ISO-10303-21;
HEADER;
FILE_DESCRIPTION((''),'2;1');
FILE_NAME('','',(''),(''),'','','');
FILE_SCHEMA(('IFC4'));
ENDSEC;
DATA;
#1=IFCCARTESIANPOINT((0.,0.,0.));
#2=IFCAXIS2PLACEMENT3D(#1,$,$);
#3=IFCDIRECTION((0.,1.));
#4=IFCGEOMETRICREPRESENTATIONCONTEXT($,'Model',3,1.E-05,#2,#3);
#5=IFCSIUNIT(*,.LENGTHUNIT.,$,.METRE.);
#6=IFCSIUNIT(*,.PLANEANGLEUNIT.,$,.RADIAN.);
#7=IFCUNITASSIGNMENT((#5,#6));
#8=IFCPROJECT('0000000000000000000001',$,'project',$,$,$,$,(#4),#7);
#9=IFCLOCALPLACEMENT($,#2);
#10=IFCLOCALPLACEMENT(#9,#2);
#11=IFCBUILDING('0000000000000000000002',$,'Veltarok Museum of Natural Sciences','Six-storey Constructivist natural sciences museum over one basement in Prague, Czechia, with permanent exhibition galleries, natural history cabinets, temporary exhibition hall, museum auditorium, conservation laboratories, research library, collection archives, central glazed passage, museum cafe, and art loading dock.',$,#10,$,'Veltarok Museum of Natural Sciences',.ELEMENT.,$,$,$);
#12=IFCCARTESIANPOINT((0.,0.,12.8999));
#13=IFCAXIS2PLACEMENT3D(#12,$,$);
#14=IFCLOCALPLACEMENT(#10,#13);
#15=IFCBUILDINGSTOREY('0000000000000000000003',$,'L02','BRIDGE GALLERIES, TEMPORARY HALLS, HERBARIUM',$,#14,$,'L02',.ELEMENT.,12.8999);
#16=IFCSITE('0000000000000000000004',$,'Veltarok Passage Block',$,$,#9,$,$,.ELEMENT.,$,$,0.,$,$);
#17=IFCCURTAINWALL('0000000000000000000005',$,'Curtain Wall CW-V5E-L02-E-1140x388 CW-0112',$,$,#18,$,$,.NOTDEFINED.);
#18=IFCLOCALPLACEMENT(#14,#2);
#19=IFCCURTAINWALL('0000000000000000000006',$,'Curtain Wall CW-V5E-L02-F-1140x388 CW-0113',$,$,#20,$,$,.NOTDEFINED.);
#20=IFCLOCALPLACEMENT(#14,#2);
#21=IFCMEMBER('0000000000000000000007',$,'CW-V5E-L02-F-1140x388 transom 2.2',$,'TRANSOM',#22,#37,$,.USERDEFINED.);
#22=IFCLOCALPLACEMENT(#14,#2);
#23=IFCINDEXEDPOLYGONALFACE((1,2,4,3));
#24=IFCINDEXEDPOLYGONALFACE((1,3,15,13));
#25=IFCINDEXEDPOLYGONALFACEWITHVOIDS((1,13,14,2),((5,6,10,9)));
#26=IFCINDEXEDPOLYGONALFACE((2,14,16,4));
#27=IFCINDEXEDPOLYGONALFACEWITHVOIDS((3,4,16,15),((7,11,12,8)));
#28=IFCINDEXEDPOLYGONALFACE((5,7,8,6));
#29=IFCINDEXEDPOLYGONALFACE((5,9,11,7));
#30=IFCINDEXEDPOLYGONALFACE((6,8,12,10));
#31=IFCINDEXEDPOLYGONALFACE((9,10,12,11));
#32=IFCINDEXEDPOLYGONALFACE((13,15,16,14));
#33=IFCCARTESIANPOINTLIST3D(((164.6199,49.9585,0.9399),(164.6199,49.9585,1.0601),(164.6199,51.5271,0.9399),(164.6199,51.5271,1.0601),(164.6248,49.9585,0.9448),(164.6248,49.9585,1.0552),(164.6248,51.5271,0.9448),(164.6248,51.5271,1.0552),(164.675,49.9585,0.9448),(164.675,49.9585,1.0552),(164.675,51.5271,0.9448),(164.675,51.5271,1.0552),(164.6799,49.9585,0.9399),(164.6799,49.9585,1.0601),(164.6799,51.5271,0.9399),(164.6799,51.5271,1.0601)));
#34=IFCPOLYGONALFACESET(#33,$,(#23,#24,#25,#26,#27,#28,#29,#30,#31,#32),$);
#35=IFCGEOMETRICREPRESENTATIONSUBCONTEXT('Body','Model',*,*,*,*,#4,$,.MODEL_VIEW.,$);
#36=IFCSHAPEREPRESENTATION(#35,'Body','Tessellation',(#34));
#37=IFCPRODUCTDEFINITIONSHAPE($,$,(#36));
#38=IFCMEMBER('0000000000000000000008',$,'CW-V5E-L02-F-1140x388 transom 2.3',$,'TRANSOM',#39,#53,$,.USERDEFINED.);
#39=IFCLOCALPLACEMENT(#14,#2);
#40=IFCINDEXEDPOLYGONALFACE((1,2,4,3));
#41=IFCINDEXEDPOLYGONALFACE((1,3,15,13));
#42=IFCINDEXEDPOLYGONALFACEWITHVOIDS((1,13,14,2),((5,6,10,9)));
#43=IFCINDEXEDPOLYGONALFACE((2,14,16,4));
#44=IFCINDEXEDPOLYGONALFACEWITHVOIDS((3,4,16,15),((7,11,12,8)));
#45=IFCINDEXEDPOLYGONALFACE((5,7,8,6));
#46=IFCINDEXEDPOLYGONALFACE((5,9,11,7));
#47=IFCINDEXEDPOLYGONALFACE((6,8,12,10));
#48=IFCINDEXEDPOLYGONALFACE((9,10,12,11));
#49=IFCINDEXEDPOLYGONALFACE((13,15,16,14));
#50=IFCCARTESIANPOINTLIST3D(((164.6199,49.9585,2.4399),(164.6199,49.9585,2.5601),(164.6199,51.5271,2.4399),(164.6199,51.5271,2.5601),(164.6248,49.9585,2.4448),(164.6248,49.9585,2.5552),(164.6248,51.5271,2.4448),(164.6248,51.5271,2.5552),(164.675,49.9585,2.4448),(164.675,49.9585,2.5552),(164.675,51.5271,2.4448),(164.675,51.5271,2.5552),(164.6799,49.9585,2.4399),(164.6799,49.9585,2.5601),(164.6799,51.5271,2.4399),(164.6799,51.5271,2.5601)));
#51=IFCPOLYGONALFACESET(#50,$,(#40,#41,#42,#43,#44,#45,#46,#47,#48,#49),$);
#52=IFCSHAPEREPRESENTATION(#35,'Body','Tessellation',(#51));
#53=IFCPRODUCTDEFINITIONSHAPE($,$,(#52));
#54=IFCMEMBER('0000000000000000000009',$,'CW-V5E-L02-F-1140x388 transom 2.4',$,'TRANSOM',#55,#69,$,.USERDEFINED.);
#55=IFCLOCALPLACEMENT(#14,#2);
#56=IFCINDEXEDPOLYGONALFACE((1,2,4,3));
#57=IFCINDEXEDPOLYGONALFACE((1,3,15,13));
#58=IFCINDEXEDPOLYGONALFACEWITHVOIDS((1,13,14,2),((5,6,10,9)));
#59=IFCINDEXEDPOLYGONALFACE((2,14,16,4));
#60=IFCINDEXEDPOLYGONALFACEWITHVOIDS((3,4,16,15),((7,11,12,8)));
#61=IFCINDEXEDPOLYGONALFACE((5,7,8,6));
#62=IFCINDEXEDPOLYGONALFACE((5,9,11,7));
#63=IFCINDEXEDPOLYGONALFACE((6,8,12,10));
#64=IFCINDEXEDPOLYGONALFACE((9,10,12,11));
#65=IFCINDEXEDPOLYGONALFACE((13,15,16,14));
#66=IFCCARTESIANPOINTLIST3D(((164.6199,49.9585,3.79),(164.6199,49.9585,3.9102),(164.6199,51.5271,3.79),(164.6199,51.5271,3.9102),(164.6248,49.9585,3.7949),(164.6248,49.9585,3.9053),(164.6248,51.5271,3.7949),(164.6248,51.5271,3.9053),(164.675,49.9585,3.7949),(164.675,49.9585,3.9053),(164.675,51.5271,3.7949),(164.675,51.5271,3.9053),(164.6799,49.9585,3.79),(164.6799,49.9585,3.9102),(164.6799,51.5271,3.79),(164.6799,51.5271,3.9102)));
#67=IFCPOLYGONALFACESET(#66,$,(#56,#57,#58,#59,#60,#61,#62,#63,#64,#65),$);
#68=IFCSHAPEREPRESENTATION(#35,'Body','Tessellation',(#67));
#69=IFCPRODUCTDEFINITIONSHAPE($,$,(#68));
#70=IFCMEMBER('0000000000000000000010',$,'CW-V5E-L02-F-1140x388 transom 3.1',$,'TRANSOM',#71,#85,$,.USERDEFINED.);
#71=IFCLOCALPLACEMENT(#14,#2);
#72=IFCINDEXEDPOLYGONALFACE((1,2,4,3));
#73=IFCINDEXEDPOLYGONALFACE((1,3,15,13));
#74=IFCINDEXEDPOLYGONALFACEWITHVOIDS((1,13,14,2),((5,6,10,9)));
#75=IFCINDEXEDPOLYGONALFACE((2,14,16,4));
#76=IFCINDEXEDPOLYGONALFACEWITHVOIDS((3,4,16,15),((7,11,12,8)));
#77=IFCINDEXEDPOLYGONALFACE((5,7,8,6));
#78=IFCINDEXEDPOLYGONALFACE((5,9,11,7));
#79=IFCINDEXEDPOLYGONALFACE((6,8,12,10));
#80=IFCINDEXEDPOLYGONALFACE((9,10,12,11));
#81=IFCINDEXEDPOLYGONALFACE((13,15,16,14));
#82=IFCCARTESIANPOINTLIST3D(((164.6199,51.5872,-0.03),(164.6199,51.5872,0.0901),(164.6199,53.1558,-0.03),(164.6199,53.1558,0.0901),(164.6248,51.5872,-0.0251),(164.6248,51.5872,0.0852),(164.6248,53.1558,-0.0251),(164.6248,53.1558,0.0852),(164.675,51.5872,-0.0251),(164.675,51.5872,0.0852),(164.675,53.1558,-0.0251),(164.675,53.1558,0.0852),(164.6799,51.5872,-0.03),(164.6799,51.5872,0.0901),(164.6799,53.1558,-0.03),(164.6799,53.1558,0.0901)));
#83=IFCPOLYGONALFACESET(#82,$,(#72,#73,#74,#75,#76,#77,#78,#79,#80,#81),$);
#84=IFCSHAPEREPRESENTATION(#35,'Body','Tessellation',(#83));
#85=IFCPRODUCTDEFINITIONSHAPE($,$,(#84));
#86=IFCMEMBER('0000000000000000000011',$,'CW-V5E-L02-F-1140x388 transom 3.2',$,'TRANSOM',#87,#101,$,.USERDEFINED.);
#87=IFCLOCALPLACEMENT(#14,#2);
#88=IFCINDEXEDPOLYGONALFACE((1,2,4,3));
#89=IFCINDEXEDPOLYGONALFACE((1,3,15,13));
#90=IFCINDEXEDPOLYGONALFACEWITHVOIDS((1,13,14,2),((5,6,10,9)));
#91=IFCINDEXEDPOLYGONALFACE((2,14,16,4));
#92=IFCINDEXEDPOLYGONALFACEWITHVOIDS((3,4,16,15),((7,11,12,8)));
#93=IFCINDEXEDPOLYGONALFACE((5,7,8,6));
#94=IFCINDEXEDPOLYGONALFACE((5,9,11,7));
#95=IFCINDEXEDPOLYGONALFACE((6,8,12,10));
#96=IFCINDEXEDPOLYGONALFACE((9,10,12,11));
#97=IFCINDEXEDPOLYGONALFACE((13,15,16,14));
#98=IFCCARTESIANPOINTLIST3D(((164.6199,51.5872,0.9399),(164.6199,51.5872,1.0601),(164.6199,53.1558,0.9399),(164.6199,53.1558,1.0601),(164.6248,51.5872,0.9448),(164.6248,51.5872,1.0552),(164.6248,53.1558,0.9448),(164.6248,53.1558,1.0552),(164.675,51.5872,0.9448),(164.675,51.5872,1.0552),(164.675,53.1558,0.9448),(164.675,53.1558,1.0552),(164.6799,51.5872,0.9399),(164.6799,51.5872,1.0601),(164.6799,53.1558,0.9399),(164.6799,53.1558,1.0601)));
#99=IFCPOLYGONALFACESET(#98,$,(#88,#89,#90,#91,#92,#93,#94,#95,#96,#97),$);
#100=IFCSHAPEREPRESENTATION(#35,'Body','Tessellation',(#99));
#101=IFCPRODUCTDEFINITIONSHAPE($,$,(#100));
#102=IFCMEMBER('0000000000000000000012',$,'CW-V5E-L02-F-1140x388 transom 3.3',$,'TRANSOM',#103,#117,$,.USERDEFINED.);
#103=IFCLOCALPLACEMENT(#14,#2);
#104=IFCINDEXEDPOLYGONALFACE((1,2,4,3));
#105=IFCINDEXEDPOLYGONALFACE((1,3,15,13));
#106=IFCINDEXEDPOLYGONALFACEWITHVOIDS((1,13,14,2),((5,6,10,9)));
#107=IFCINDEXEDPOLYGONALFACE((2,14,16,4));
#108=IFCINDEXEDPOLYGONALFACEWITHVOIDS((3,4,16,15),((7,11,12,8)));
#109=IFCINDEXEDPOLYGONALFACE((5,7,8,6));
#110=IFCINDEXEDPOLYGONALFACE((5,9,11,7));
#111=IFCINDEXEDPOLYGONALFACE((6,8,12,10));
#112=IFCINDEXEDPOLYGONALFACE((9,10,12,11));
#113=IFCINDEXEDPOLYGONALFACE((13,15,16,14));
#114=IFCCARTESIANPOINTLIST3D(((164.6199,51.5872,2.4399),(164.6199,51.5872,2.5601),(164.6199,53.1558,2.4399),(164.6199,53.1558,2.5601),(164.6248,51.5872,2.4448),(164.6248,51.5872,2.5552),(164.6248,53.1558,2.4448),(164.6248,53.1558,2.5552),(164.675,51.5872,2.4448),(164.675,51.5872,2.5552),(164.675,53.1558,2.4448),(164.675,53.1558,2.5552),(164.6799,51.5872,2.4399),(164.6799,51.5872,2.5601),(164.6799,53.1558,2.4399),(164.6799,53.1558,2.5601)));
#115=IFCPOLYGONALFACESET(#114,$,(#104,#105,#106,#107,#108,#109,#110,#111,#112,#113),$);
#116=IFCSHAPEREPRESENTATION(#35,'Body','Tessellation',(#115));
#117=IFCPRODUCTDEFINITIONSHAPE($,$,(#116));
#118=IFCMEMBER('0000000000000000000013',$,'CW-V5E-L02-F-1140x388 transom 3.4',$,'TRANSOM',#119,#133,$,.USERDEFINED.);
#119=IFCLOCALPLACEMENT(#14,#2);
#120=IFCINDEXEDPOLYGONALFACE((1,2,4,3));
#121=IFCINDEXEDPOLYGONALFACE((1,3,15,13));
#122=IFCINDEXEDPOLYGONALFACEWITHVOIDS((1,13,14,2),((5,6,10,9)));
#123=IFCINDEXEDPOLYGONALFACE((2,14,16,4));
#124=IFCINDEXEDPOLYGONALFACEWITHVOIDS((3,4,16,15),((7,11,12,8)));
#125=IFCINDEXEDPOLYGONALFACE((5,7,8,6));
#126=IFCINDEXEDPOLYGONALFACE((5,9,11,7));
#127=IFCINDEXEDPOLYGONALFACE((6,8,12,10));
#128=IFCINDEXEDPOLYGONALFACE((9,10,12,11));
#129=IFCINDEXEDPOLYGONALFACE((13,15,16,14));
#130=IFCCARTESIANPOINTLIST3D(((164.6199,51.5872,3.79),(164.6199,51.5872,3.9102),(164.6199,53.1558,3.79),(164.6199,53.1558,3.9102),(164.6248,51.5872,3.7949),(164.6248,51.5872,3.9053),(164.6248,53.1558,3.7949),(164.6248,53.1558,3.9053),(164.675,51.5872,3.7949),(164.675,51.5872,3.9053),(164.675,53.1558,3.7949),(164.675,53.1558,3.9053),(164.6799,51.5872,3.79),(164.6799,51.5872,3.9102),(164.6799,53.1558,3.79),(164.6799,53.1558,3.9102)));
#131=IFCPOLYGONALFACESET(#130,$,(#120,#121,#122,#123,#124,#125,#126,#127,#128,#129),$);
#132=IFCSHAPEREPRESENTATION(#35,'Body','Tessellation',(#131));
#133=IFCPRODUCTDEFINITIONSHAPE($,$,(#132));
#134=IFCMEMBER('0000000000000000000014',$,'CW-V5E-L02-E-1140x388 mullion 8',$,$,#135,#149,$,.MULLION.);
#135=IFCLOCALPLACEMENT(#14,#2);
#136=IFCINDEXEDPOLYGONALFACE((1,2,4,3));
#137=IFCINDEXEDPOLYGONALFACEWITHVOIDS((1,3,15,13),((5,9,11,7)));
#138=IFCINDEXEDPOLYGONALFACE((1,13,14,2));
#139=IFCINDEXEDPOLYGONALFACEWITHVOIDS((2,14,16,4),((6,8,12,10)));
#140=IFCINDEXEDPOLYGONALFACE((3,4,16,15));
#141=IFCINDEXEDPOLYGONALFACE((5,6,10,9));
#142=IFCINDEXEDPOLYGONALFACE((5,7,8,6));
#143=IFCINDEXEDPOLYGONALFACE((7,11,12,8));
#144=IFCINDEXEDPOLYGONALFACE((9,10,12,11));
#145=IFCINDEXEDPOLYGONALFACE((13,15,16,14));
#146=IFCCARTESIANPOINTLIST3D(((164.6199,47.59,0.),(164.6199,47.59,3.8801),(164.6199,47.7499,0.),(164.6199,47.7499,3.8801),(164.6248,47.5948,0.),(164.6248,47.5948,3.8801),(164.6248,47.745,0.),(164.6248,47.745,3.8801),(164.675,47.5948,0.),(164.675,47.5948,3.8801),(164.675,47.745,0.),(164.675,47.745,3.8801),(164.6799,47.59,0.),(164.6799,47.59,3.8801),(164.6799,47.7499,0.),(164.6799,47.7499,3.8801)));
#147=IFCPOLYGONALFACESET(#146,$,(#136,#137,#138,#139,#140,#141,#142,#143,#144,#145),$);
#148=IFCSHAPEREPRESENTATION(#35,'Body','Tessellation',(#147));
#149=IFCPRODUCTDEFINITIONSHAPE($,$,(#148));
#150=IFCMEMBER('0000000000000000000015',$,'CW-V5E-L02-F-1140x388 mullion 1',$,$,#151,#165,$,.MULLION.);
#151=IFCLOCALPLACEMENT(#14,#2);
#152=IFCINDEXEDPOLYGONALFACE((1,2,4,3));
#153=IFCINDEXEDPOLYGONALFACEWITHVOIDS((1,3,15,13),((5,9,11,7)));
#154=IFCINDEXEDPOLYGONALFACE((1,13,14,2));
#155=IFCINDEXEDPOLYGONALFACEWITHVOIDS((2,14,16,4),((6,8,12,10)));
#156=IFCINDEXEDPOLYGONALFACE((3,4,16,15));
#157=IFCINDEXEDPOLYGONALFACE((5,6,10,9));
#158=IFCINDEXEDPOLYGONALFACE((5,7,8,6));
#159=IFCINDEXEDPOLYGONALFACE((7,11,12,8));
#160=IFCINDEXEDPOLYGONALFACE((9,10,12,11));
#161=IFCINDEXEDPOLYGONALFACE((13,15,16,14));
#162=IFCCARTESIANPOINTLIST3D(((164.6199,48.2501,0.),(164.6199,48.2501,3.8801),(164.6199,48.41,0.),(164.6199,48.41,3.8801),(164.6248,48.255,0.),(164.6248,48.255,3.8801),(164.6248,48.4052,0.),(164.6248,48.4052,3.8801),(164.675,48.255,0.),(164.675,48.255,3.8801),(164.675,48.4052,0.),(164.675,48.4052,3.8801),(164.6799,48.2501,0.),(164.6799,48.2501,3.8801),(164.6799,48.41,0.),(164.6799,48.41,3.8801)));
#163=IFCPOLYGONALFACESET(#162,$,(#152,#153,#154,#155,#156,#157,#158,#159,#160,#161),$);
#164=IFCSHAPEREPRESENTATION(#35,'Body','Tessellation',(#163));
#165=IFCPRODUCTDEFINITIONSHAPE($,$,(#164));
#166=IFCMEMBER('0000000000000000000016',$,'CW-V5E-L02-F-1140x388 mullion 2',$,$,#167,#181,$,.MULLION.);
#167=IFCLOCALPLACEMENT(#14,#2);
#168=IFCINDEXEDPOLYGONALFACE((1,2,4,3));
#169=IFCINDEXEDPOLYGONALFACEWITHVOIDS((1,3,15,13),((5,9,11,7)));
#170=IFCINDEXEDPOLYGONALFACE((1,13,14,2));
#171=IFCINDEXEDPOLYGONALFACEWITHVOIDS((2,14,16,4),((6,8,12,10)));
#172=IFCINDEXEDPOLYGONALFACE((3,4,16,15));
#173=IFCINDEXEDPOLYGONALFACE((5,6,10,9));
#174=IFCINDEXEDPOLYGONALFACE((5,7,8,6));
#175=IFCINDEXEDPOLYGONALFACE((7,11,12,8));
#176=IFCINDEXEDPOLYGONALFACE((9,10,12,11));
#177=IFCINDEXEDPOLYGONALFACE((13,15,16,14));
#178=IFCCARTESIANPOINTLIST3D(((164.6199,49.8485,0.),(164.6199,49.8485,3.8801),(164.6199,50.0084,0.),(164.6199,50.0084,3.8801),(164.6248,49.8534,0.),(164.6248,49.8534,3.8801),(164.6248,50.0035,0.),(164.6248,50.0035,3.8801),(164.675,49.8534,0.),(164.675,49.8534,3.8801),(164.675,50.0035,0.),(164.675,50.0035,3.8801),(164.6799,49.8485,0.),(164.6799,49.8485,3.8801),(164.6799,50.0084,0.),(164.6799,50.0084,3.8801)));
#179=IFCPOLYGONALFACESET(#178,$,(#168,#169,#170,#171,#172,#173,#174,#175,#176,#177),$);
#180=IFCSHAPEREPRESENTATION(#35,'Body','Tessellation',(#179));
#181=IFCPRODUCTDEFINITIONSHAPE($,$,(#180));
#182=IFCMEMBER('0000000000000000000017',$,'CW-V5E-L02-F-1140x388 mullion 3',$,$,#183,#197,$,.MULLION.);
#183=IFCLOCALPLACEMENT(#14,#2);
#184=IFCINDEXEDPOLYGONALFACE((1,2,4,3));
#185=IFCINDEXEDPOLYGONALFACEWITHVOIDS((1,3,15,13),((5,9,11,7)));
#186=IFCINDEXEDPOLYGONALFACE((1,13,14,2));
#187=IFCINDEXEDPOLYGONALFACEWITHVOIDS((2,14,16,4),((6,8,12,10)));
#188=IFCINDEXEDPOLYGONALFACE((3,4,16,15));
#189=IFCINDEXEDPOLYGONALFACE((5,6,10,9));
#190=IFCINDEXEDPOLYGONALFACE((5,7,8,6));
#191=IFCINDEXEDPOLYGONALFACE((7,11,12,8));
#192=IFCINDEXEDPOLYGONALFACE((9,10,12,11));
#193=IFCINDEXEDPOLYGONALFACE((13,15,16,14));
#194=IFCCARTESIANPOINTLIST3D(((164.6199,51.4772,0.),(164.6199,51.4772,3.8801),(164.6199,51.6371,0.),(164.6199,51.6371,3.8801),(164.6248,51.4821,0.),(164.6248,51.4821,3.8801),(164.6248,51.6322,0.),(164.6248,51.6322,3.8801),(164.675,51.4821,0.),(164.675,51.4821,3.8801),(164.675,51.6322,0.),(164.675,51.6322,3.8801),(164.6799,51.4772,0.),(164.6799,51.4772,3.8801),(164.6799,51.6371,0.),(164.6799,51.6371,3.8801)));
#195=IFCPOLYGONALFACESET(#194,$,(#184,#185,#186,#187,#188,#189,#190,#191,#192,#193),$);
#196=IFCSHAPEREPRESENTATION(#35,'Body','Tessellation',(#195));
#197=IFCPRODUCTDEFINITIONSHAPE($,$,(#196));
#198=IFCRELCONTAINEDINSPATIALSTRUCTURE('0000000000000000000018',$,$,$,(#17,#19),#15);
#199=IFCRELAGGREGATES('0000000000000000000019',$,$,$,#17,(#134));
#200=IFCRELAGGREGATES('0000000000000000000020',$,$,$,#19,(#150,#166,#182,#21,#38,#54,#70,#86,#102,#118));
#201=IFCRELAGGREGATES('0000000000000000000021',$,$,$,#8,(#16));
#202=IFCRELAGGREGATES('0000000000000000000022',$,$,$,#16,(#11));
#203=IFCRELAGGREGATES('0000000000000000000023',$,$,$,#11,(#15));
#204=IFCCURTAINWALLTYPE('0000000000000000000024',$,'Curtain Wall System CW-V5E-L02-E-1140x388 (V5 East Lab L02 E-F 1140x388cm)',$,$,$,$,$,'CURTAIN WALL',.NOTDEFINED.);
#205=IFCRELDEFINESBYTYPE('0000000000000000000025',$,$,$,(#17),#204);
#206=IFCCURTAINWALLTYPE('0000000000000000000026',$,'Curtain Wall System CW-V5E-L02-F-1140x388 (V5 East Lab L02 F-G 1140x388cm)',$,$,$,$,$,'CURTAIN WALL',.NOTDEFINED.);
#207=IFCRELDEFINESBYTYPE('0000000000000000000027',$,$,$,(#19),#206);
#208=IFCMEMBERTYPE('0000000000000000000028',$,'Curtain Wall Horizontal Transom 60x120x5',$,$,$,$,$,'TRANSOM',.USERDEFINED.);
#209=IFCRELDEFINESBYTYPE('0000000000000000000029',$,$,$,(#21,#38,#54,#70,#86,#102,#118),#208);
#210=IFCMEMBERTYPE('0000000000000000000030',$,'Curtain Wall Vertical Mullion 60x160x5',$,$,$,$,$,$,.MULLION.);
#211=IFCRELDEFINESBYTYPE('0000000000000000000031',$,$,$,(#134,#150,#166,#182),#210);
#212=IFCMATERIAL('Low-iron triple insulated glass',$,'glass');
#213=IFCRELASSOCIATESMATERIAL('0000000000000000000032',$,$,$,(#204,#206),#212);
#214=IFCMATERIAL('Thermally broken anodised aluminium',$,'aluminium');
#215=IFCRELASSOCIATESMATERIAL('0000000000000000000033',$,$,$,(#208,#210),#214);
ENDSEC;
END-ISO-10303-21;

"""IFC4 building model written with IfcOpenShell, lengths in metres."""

from ifc_helpers import new_model, si_unit, direction, frame, origin, origin_2d, place, context, subcontext, project, spatial, hollow_rectangle, extrude, material, material_profile, profile_set, type_object, element, aggregate, save


model = new_model("IFC4")

# Units and contexts
model_context = context("Model", 3, precision=1e-05, world=origin(), true_north=direction((0.0, 1.0)))
body_context = subcontext(model_context, "Body", "Model", "MODEL_VIEW")
ifc_project = project(units=[si_unit("LENGTHUNIT", "METRE"), si_unit("PLANEANGLEUNIT", "RADIAN")], contexts=[model_context])

# Site, building, storey
site_placement = place(None, origin())
site = spatial("IfcSite", under=ifc_project, at=site_placement, Name="Veltarok Passage Block", CompositionType="ELEMENT", RefElevation=0.0)
building_placement = place(site_placement, origin())
building = spatial("IfcBuilding", under=site, at=building_placement, Name="Veltarok Museum of Natural Sciences", Description="Six-storey Constructivist natural sciences museum over one basement in Prague, Czechia, with permanent exhibition galleries, natural history cabinets, temporary exhibition hall, museum auditorium, conservation laboratories, research library, collection archives, central glazed passage, museum cafe, and art loading dock.", LongName="Veltarok Museum of Natural Sciences", CompositionType="ELEMENT")
storey_placement = place(building_placement, frame((0.0, 0.0, 12.8999)))
storey = spatial("IfcBuildingStorey", under=building, at=storey_placement, Name="L02", Description="BRIDGE GALLERIES, TEMPORARY HALLS, HERBARIUM", LongName="L02", CompositionType="ELEMENT", Elevation=12.8999)

# Curtain walls, members
ifc_material_1 = material(Name="Low-iron triple insulated glass", Category="glass")
curtain_wall_type_1 = type_object("IfcCurtainWallType", Name="Curtain Wall System CW-V5E-L02-E-1140x388 (V5 East Lab L02 E-F 1140x388cm)", ElementType="CURTAIN WALL", PredefinedType="NOTDEFINED", material=ifc_material_1)
curtain_wall_1_placement = place(storey_placement, origin())
curtain_wall_1 = element("IfcCurtainWall", 1, at=curtain_wall_1_placement, inside=storey, type_object=curtain_wall_type_1, Name="Curtain Wall CW-V5E-L02-E-1140x388 CW-0112", PredefinedType="NOTDEFINED")
ifc_material_2 = material(Name="Thermally broken anodised aluminium", Category="aluminium")
ifc_material_profile_1 = material_profile(ifc_material_2, hollow_rectangle(XDim=0.0601, YDim=0.1201, WallThickness=0.0049, at=origin_2d()), Name="CW TRANSOM 60x120x5")
ifc_profile_set_1 = profile_set([ifc_material_profile_1], Name="Thermally broken anodised aluminium")
member_type_1 = type_object("IfcMemberType", Name="Curtain Wall Horizontal Transom 60x120x5", ElementType="TRANSOM", PredefinedType="USERDEFINED", material=ifc_profile_set_1)
curtain_wall_type_2 = type_object("IfcCurtainWallType", Name="Curtain Wall System CW-V5E-L02-F-1140x388 (V5 East Lab L02 F-G 1140x388cm)", ElementType="CURTAIN WALL", PredefinedType="NOTDEFINED", material=ifc_material_1)
curtain_wall_2_placement = place(storey_placement, origin())
curtain_wall_2 = element("IfcCurtainWall", 2, at=curtain_wall_2_placement, inside=storey, type_object=curtain_wall_type_2, Name="Curtain Wall CW-V5E-L02-F-1140x388 CW-0113", PredefinedType="NOTDEFINED")
member_1_placement = place(storey_placement, frame((164.6499, 49.9585, 1.0), z_axis=(0.0, 1.0, 0.0), x_axis=(-1.0, 0.0, 0.0)))
member_1 = element("IfcMember", 3, at=member_1_placement, type_object=member_type_1, Name="CW-V5E-L02-F-1140x388 transom 2.2", ObjectType="TRANSOM", PredefinedType="USERDEFINED", context=body_context, shape_type="SweptSolid", body=[
    extrude(hollow_rectangle(XDim=0.0601, YDim=0.1201, WallThickness=0.0049, at=origin_2d()), origin(), (0.0, 0.0, 1.0), 1.5686),
])
member_2_placement = place(storey_placement, frame((164.6499, 49.9585, 2.5), z_axis=(0.0, 1.0, 0.0), x_axis=(-1.0, 0.0, 0.0)))
member_2 = element("IfcMember", 4, at=member_2_placement, type_object=member_type_1, Name="CW-V5E-L02-F-1140x388 transom 2.3", ObjectType="TRANSOM", PredefinedType="USERDEFINED", context=body_context, shape_type="SweptSolid", body=[
    extrude(hollow_rectangle(XDim=0.0601, YDim=0.1201, WallThickness=0.0049, at=origin_2d()), origin(), (0.0, 0.0, 1.0), 1.5686),
])
member_3_placement = place(storey_placement, frame((164.6499, 49.9585, 3.8501), z_axis=(0.0, 1.0, 0.0), x_axis=(-1.0, 0.0, 0.0)))
member_3 = element("IfcMember", 5, at=member_3_placement, type_object=member_type_1, Name="CW-V5E-L02-F-1140x388 transom 2.4", ObjectType="TRANSOM", PredefinedType="USERDEFINED", context=body_context, shape_type="SweptSolid", body=[
    extrude(hollow_rectangle(XDim=0.0601, YDim=0.1201, WallThickness=0.0049, at=origin_2d()), origin(), (0.0, 0.0, 1.0), 1.5686),
])
member_4_placement = place(storey_placement, frame((164.6499, 51.5872, 0.03), z_axis=(0.0, 1.0, 0.0), x_axis=(-1.0, 0.0, 0.0)))
member_4 = element("IfcMember", 6, at=member_4_placement, type_object=member_type_1, Name="CW-V5E-L02-F-1140x388 transom 3.1", ObjectType="TRANSOM", PredefinedType="USERDEFINED", context=body_context, shape_type="SweptSolid", body=[
    extrude(hollow_rectangle(XDim=0.0601, YDim=0.1201, WallThickness=0.0049, at=origin_2d()), origin(), (0.0, 0.0, 1.0), 1.5686),
])
member_5_placement = place(storey_placement, frame((164.6499, 51.5872, 1.0), z_axis=(0.0, 1.0, 0.0), x_axis=(-1.0, 0.0, 0.0)))
member_5 = element("IfcMember", 7, at=member_5_placement, type_object=member_type_1, Name="CW-V5E-L02-F-1140x388 transom 3.2", ObjectType="TRANSOM", PredefinedType="USERDEFINED", context=body_context, shape_type="SweptSolid", body=[
    extrude(hollow_rectangle(XDim=0.0601, YDim=0.1201, WallThickness=0.0049, at=origin_2d()), origin(), (0.0, 0.0, 1.0), 1.5686),
])
member_6_placement = place(storey_placement, frame((164.6499, 51.5872, 2.5), z_axis=(0.0, 1.0, 0.0), x_axis=(-1.0, 0.0, 0.0)))
member_6 = element("IfcMember", 8, at=member_6_placement, type_object=member_type_1, Name="CW-V5E-L02-F-1140x388 transom 3.3", ObjectType="TRANSOM", PredefinedType="USERDEFINED", context=body_context, shape_type="SweptSolid", body=[
    extrude(hollow_rectangle(XDim=0.0601, YDim=0.1201, WallThickness=0.0049, at=origin_2d()), origin(), (0.0, 0.0, 1.0), 1.5686),
])
member_7_placement = place(storey_placement, frame((164.6499, 51.5872, 3.8501), z_axis=(0.0, 1.0, 0.0), x_axis=(-1.0, 0.0, 0.0)))
member_7 = element("IfcMember", 9, at=member_7_placement, type_object=member_type_1, Name="CW-V5E-L02-F-1140x388 transom 3.4", ObjectType="TRANSOM", PredefinedType="USERDEFINED", context=body_context, shape_type="SweptSolid", body=[
    extrude(hollow_rectangle(XDim=0.0601, YDim=0.1201, WallThickness=0.0049, at=origin_2d()), origin(), (0.0, 0.0, 1.0), 1.5686),
])

# Members
ifc_material_profile_2 = material_profile(ifc_material_2, hollow_rectangle(XDim=0.0601, YDim=0.1599, WallThickness=0.0049, at=origin_2d()), Name="CW MULLION 60x160x5")
ifc_profile_set_2 = profile_set([ifc_material_profile_2], Name="Thermally broken anodised aluminium")
member_type_2 = type_object("IfcMemberType", Name="Curtain Wall Vertical Mullion 60x160x5", PredefinedType="MULLION", material=ifc_profile_set_2)
member_8_placement = place(storey_placement, frame((164.6499, 47.6699, 0.0), z_axis=(0.0, 0.0, 1.0), x_axis=(-1.0, 0.0, 0.0)))
member_8 = element("IfcMember", 10, at=member_8_placement, type_object=member_type_2, Name="CW-V5E-L02-E-1140x388 mullion 8", PredefinedType="MULLION", context=body_context, shape_type="SweptSolid", body=[
    extrude(hollow_rectangle(XDim=0.0601, YDim=0.1599, WallThickness=0.0049, at=origin_2d()), origin(), (0.0, 0.0, 1.0), 3.8801),
])
member_9_placement = place(storey_placement, frame((164.6499, 48.3301, 0.0), z_axis=(0.0, 0.0, 1.0), x_axis=(-1.0, 0.0, 0.0)))
member_9 = element("IfcMember", 11, at=member_9_placement, type_object=member_type_2, Name="CW-V5E-L02-F-1140x388 mullion 1", PredefinedType="MULLION", context=body_context, shape_type="SweptSolid", body=[
    extrude(hollow_rectangle(XDim=0.0601, YDim=0.1599, WallThickness=0.0049, at=origin_2d()), origin(), (0.0, 0.0, 1.0), 3.8801),
])
member_10_placement = place(storey_placement, frame((164.6499, 49.9285, 0.0), z_axis=(0.0, 0.0, 1.0), x_axis=(-1.0, 0.0, 0.0)))
member_10 = element("IfcMember", 12, at=member_10_placement, type_object=member_type_2, Name="CW-V5E-L02-F-1140x388 mullion 2", PredefinedType="MULLION", context=body_context, shape_type="SweptSolid", body=[
    extrude(hollow_rectangle(XDim=0.0601, YDim=0.1599, WallThickness=0.0049, at=origin_2d()), origin(), (0.0, 0.0, 1.0), 3.8801),
])
member_11_placement = place(storey_placement, frame((164.6499, 51.5571, 0.0), z_axis=(0.0, 0.0, 1.0), x_axis=(-1.0, 0.0, 0.0)))
member_11 = element("IfcMember", 13, at=member_11_placement, type_object=member_type_2, Name="CW-V5E-L02-F-1140x388 mullion 3", PredefinedType="MULLION", context=body_context, shape_type="SweptSolid", body=[
    extrude(hollow_rectangle(XDim=0.0601, YDim=0.1599, WallThickness=0.0049, at=origin_2d()), origin(), (0.0, 0.0, 1.0), 3.8801),
])

aggregate(curtain_wall_1, [member_8])
aggregate(curtain_wall_2, [member_9, member_10, member_11, member_1, member_2, member_3, member_4, member_5, member_6, member_7])

save(model, "model.ifc")
